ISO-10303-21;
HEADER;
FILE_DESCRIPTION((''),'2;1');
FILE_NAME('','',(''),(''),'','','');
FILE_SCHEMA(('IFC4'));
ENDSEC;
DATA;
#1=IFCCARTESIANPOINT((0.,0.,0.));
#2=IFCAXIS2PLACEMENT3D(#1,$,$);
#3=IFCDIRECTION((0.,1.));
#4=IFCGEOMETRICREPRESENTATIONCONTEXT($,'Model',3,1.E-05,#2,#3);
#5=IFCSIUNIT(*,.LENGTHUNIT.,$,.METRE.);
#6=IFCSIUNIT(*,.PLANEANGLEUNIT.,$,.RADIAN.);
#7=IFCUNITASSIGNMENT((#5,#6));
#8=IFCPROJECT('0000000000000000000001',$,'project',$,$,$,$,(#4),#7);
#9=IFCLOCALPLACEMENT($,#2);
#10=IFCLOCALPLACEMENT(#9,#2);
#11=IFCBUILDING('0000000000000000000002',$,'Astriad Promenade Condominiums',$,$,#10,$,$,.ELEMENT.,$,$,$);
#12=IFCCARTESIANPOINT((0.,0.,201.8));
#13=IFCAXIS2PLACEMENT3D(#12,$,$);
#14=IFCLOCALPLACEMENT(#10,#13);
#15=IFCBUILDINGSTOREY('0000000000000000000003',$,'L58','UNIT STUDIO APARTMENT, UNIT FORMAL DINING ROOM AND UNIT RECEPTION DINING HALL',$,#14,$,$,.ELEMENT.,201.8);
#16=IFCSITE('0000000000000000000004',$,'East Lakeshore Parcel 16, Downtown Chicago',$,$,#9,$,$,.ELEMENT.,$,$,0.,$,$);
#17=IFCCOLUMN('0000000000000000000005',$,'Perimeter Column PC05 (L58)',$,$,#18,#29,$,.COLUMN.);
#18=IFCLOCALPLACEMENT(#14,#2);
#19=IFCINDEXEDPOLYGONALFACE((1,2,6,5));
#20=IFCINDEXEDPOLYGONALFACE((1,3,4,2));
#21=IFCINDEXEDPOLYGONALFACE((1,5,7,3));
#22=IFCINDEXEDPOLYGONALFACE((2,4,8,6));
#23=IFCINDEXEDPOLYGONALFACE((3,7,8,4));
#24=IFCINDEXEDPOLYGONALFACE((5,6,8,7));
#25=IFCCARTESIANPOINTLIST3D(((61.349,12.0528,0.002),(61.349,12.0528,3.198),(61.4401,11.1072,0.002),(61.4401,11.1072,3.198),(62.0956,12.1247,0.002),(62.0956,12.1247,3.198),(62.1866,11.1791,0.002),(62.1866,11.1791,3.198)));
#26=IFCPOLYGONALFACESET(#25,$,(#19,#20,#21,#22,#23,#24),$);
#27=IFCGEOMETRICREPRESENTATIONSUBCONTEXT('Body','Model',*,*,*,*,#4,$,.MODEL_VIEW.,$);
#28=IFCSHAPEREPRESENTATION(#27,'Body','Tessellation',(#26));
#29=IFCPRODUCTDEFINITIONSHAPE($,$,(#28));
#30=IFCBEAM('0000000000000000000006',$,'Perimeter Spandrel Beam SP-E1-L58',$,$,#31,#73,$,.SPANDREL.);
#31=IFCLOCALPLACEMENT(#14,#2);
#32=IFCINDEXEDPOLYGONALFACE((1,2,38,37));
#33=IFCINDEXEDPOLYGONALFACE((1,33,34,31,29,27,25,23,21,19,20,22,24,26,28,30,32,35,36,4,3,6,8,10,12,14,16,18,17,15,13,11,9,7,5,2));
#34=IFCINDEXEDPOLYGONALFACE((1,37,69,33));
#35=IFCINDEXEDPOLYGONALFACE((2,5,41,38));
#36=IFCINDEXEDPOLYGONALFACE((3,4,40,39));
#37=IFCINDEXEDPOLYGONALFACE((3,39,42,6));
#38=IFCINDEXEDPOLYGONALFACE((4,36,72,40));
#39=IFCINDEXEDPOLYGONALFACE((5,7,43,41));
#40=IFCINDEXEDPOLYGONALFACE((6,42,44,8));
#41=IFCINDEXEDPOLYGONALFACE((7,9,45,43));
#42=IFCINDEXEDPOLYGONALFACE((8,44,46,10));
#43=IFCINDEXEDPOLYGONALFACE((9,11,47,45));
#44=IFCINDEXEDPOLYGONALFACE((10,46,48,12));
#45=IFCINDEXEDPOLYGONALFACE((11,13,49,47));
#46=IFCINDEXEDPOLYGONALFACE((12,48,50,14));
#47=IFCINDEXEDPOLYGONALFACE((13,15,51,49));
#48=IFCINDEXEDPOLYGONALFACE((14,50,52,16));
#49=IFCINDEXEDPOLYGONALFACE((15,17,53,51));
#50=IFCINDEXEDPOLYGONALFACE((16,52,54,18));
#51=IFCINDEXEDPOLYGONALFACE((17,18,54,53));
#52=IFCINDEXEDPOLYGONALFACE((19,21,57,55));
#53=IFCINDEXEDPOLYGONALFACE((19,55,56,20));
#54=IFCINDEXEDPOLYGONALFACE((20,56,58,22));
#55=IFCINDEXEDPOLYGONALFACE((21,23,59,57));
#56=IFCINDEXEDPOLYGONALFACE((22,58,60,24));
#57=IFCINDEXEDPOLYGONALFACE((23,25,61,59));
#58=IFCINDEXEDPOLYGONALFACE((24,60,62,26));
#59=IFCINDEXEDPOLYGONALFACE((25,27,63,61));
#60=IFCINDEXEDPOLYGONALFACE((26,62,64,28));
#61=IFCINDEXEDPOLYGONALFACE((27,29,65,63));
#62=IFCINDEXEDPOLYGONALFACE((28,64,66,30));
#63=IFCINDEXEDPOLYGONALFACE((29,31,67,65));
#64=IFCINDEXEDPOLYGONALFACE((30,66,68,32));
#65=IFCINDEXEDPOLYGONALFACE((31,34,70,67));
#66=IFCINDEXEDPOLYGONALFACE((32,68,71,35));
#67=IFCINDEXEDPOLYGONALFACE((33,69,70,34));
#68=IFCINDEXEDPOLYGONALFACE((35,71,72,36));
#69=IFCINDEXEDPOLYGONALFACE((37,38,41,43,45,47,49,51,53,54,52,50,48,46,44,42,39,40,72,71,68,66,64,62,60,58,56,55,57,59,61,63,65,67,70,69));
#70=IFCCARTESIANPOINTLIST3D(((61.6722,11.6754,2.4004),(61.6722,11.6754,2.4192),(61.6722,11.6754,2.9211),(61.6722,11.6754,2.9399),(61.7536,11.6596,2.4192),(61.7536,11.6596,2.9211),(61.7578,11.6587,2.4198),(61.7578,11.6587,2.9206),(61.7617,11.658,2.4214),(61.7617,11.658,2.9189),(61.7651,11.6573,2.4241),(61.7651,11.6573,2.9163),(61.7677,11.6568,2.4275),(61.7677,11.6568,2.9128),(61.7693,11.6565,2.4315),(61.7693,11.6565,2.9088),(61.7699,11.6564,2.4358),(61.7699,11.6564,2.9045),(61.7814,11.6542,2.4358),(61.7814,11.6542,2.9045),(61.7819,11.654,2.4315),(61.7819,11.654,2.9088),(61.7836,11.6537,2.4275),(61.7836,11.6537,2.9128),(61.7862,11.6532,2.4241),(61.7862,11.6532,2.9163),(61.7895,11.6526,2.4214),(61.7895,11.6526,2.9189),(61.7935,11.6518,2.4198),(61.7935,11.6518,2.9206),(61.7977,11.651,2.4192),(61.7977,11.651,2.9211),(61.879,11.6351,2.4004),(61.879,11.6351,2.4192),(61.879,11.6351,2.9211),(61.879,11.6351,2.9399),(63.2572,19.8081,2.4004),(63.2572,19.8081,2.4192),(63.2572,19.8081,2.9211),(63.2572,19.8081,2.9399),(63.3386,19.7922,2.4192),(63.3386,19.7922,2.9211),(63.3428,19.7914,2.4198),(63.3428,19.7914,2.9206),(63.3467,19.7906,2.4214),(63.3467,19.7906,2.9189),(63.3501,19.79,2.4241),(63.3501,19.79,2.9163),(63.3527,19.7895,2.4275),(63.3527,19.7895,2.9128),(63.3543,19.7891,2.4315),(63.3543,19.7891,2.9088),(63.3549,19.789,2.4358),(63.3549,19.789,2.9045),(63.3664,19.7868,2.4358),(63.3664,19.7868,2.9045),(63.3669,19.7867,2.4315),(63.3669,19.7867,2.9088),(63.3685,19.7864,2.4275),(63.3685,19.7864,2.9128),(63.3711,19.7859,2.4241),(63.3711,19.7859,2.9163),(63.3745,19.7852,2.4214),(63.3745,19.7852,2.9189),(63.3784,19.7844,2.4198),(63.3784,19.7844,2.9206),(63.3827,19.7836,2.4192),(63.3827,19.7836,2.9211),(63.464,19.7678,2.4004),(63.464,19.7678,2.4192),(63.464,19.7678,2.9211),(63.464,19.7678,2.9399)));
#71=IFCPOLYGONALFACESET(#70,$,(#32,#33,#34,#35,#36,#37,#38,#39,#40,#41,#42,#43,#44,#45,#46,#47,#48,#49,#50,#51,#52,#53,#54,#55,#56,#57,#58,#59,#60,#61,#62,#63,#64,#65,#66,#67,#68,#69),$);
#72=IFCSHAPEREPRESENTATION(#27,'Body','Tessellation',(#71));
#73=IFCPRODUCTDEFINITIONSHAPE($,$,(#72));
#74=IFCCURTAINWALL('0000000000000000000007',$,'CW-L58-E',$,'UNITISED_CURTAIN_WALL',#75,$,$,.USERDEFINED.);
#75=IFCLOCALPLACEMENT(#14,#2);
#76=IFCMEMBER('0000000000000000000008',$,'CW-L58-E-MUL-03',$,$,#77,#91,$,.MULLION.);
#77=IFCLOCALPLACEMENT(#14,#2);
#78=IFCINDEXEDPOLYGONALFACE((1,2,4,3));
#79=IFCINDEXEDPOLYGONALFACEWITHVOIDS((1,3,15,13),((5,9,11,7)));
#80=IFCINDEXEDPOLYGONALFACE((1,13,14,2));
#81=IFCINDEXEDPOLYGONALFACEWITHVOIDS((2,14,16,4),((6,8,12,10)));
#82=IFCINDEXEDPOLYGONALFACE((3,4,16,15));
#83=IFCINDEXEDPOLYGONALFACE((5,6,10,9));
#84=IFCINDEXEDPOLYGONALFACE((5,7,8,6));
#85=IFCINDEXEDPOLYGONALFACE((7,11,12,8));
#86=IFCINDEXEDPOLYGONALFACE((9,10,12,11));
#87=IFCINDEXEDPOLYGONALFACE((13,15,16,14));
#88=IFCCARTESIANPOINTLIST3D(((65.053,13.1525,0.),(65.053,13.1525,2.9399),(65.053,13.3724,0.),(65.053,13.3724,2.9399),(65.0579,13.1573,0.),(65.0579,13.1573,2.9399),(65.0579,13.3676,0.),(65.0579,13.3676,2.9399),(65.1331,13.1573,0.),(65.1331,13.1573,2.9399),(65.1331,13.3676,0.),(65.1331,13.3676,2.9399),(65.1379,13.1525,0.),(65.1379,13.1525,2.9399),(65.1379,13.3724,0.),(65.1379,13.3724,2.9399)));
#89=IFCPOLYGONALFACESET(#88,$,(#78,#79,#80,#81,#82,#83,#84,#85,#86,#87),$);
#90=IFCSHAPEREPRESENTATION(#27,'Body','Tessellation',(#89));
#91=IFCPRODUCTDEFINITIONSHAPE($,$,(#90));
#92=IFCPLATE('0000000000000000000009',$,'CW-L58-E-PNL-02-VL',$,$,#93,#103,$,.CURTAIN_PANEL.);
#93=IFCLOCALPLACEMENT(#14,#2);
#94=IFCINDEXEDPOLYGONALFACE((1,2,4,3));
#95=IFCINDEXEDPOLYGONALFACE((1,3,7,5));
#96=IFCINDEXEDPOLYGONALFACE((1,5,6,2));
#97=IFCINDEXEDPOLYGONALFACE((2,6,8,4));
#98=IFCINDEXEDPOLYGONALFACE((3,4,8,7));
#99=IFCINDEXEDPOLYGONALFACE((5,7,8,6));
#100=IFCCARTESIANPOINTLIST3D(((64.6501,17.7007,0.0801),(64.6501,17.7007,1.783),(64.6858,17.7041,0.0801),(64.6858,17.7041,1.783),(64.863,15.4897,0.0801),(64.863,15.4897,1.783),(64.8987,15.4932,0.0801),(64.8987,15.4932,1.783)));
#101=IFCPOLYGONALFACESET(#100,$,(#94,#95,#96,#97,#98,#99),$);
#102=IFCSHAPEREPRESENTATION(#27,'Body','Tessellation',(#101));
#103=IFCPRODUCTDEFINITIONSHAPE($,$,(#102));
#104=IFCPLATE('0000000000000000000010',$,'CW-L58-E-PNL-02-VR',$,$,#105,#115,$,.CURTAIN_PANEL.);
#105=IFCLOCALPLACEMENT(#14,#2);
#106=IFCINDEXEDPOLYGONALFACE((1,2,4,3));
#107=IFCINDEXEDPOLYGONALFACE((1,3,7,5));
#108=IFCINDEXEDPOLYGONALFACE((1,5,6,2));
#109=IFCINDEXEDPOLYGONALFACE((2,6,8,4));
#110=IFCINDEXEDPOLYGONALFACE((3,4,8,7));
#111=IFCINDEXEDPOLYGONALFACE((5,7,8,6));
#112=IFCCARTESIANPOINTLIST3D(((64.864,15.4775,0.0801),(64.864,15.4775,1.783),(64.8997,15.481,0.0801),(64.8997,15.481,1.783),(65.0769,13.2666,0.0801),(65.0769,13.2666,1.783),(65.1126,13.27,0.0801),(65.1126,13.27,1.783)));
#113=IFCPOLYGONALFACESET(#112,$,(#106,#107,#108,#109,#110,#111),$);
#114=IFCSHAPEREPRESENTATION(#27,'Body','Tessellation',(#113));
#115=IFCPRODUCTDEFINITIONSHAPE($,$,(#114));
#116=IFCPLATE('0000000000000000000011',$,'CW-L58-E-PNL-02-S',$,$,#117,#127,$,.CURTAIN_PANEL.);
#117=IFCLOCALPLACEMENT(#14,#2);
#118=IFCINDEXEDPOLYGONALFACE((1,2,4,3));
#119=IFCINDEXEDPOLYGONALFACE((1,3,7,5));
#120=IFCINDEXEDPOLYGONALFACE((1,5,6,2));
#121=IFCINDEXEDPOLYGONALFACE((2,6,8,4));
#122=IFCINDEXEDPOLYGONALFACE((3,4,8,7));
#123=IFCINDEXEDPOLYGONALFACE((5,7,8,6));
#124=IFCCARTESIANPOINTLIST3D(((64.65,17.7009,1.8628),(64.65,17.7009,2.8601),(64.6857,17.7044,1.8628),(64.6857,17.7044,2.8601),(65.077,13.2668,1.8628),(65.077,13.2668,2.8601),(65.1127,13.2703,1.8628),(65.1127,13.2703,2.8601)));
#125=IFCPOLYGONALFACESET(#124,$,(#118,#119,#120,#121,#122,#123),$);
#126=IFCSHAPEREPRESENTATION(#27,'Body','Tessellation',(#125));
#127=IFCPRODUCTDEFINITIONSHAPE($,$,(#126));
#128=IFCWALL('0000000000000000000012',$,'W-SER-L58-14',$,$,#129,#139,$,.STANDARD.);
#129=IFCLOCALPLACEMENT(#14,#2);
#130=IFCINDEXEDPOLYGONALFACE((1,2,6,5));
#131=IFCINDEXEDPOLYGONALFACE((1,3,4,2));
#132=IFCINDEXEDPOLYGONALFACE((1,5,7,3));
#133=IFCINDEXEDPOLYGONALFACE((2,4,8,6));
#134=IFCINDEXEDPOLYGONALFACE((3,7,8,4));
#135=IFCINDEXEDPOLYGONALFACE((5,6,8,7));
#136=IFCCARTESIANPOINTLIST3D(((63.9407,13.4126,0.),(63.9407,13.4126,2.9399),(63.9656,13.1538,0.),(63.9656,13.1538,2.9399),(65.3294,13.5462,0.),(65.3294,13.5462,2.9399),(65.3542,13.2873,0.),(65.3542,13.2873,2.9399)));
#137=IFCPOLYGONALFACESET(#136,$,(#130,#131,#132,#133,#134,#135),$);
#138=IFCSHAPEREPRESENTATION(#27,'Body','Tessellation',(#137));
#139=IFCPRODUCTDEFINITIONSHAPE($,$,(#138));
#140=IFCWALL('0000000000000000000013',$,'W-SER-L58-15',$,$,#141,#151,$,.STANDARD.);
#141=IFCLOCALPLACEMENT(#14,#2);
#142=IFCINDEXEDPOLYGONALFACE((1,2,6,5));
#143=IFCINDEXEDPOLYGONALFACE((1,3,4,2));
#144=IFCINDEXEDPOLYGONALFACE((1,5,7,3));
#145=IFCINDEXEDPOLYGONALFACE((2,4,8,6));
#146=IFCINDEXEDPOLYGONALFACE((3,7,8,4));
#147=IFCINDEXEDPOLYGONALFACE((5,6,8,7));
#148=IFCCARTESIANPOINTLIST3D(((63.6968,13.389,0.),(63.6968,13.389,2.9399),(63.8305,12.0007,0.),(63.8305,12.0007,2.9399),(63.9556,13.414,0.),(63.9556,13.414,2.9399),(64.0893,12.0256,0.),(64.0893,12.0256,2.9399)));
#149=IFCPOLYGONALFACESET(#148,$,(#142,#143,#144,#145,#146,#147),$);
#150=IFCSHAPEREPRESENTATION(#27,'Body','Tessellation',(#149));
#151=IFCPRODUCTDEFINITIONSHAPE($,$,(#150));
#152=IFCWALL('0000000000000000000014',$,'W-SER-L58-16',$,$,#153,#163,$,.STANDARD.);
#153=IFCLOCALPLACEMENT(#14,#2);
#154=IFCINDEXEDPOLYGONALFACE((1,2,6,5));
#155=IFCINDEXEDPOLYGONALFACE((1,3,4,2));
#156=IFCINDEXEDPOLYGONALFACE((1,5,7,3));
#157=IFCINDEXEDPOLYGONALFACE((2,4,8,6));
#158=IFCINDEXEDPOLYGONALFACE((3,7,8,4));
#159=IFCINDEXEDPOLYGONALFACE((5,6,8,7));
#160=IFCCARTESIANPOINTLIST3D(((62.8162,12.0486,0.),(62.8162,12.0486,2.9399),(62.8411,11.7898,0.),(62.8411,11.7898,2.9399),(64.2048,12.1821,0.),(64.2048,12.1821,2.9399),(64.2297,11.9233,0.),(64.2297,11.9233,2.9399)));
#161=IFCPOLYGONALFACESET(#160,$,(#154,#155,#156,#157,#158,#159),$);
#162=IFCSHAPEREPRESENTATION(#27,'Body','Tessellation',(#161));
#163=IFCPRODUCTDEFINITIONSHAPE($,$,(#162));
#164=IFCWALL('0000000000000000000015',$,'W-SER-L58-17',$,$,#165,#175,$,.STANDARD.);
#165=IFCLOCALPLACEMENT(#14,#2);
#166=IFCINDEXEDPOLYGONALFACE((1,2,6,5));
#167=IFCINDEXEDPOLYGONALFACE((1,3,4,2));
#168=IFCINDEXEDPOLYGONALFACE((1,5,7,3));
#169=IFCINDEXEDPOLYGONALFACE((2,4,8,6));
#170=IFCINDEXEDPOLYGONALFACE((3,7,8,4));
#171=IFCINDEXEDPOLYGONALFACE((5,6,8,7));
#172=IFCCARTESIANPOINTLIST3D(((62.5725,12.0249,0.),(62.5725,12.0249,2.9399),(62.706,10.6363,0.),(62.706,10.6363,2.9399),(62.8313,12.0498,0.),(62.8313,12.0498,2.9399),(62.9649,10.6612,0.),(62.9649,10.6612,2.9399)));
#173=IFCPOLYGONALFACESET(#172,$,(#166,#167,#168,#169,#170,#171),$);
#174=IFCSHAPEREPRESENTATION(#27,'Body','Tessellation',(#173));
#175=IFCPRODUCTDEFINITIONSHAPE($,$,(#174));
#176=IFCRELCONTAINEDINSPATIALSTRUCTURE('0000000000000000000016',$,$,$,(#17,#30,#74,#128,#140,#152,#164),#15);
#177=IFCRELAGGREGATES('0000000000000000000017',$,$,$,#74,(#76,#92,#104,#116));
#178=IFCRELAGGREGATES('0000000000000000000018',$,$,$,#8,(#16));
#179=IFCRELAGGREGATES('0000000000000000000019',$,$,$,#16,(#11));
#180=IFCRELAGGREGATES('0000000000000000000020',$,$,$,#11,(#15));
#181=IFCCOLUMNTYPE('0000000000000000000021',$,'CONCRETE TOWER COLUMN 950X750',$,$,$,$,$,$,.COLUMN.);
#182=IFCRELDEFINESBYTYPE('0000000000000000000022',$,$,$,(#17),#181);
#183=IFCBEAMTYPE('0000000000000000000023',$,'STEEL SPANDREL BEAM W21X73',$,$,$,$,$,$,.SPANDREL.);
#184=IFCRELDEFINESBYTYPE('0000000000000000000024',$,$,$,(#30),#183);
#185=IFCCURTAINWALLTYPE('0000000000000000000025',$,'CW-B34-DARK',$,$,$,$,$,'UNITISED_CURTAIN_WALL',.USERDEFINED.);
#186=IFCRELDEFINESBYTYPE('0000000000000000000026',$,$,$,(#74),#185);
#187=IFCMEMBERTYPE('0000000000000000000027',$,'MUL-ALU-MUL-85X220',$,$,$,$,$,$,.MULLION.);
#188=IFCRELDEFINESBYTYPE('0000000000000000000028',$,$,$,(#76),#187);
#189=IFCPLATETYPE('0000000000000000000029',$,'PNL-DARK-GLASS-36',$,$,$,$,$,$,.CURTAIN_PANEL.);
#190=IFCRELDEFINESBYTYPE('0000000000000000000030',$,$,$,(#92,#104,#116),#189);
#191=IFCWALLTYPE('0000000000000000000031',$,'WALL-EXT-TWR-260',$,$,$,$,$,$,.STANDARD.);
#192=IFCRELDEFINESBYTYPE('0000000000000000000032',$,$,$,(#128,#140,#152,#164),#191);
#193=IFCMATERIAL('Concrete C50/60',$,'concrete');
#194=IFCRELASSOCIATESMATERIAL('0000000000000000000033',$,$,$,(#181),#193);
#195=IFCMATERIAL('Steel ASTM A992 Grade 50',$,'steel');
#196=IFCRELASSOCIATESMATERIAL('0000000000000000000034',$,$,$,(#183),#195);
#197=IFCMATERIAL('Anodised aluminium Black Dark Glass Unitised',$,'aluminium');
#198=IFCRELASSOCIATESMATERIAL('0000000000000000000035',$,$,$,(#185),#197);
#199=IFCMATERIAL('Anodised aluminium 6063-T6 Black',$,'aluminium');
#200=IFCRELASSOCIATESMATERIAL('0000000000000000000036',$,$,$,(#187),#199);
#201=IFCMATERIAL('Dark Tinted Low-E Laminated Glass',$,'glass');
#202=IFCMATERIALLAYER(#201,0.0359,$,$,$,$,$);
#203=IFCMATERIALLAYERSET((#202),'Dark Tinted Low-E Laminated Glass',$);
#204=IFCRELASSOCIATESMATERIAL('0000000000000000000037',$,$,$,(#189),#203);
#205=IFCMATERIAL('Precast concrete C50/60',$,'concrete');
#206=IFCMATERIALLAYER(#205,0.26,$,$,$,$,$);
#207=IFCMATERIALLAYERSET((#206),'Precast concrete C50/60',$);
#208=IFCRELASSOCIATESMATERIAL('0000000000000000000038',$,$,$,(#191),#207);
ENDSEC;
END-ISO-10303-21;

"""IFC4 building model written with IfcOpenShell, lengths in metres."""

from ifc_helpers import new_model, si_unit, direction, frame, frame_2d, origin, origin_2d, place, context, subcontext, project, spatial, rectangle, hollow_rectangle, i_section, extrude, source, transform, mapped, material, layer, layer_set, material_profile, profile_set, type_object, type_shapes, element, aggregate, save


model = new_model("IFC4")

# Units and contexts
model_context = context("Model", 3, precision=1e-05, world=origin(), true_north=direction((0.0, 1.0)))
body_context = subcontext(model_context, "Body", "Model", "MODEL_VIEW")
ifc_project = project(units=[si_unit("LENGTHUNIT", "METRE"), si_unit("PLANEANGLEUNIT", "RADIAN")], contexts=[model_context])

# Site, building, storey
site_placement = place(None, origin())
site = spatial("IfcSite", under=ifc_project, at=site_placement, Name="East Lakeshore Parcel 16, Downtown Chicago", CompositionType="ELEMENT", RefElevation=0.0)
building_placement = place(site_placement, origin())
building = spatial("IfcBuilding", under=site, at=building_placement, Name="Astriad Promenade Condominiums", CompositionType="ELEMENT")
storey_placement = place(building_placement, frame((0.0, 0.0, 201.8)))
storey = spatial("IfcBuildingStorey", under=building, at=storey_placement, Name="L58", Description="UNIT STUDIO APARTMENT, UNIT FORMAL DINING ROOM AND UNIT RECEPTION DINING HALL", CompositionType="ELEMENT", Elevation=201.8)

# Column
ifc_material_1 = material(Name="Concrete C50/60", Category="concrete")
ifc_material_profile_1 = material_profile(ifc_material_1, rectangle(XDim=0.75, YDim=0.95, at=origin_2d()), Name="RC-COL-950X750")
ifc_profile_set_1 = profile_set([ifc_material_profile_1], Name="Concrete C50/60")
column_type = type_object("IfcColumnType", Name="CONCRETE TOWER COLUMN 950X750", PredefinedType="COLUMN", material=ifc_profile_set_1)
shared_shape_1 = source(origin(), body_context, "Body", "SweptSolid", [
    extrude(rectangle(XDim=0.75, YDim=0.95, at=origin_2d()), origin(), (0.0, 0.0, 1.0), 3.196),
])
type_shapes(column_type, [shared_shape_1])
column_placement = place(storey_placement, frame((61.7678, 11.616, 0.002), z_axis=(0.0, 0.0, 1.0), x_axis=(0.995396, 0.095846, 0.0)))
element("IfcColumn", 1, at=column_placement, inside=storey, type_object=column_type, Name="Perimeter Column PC05 (L58)", PredefinedType="COLUMN", context=body_context, shape_type="MappedRepresentation", body=[
    mapped(shared_shape_1, transform((0.0, 0.0, 0.0), scale=1.0)),
])

# Beam
ifc_material_2 = material(Name="Steel ASTM A992 Grade 50", Category="steel")
ifc_material_profile_2 = material_profile(ifc_material_2, i_section(OverallWidth=0.2107, OverallDepth=0.5396, WebThickness=0.0117, FlangeThickness=0.0188, FilletRadius=0.0166, at=origin_2d()), Name="W21X73")
ifc_profile_set_2 = profile_set([ifc_material_profile_2], Name="Steel ASTM A992 Grade 50")
beam_type = type_object("IfcBeamType", Name="STEEL SPANDREL BEAM W21X73", PredefinedType="SPANDREL", material=ifc_profile_set_2)
shared_shape_2 = source(origin(), body_context, "Body", "SweptSolid", [
    extrude(i_section(OverallWidth=0.2107, OverallDepth=0.5396, WebThickness=0.0117, FlangeThickness=0.0188, FilletRadius=0.0166, at=origin_2d()), origin(), (0.0, 0.0, 1.0), 8.2856),
])
type_shapes(beam_type, [shared_shape_2])
beam_placement = place(storey_placement, frame((61.7756, 11.6553, 2.6702), z_axis=(0.191292, 0.981533, 0.0), x_axis=(-0.981533, 0.191292, 0.0)))
element("IfcBeam", 2, at=beam_placement, inside=storey, type_object=beam_type, Name="Perimeter Spandrel Beam SP-E1-L58", PredefinedType="SPANDREL", context=body_context, shape_type="MappedRepresentation", body=[
    mapped(shared_shape_2, transform((0.0, 0.0, 0.0), scale=1.0)),
])

# Curtain wall, member, plates
ifc_material_3 = material(Name="Anodised aluminium Black Dark Glass Unitised", Category="aluminium")
curtain_wall_type = type_object("IfcCurtainWallType", Name="CW-B34-DARK", ElementType="UNITISED_CURTAIN_WALL", PredefinedType="USERDEFINED", material=ifc_material_3)
curtain_wall_placement = place(storey_placement, origin())
curtain_wall = element("IfcCurtainWall", 3, at=curtain_wall_placement, inside=storey, type_object=curtain_wall_type, Name="CW-L58-E", ObjectType="UNITISED_CURTAIN_WALL", PredefinedType="USERDEFINED")
ifc_material_4 = material(Name="Anodised aluminium 6063-T6 Black", Category="aluminium")
ifc_material_profile_3 = material_profile(ifc_material_4, hollow_rectangle(XDim=0.085, YDim=0.22, WallThickness=0.0049, at=origin_2d()), Name="ALU-MUL-85X220")
ifc_profile_set_3 = profile_set([ifc_material_profile_3], Name="Anodised aluminium 6063-T6 Black")
member_type = type_object("IfcMemberType", Name="MUL-ALU-MUL-85X220", PredefinedType="MULLION", material=ifc_profile_set_3)
shared_shape_3 = source(origin(), body_context, "Body", "SweptSolid", [
    extrude(hollow_rectangle(XDim=0.085, YDim=0.22, WallThickness=0.0049, at=origin_2d()), origin(), (0.0, 0.0, 1.0), 2.9399),
])
type_shapes(member_type, [shared_shape_3])
member_placement = place(storey_placement, frame((65.0955, 13.2625, 0.0), z_axis=(0.0, 0.0, 1.0), x_axis=(1.0, 0.0, 0.0)))
member = element("IfcMember", 4, at=member_placement, type_object=member_type, Name="CW-L58-E-MUL-03", PredefinedType="MULLION", context=body_context, shape_type="MappedRepresentation", body=[
    mapped(shared_shape_3, transform((0.0, 0.0, 0.0), scale=1.0)),
])
ifc_material_5 = material(Name="Dark Tinted Low-E Laminated Glass", Category="glass")
ifc_layer_1 = layer(ifc_material_5, 0.0359)
ifc_layer_set_1 = layer_set([ifc_layer_1], Name="Dark Tinted Low-E Laminated Glass")
plate_type = type_object("IfcPlateType", Name="PNL-DARK-GLASS-36", PredefinedType="CURTAIN_PANEL", material=ifc_layer_set_1)
shared_shape_4 = source(origin(), body_context, "Body", "SweptSolid", [
    extrude(rectangle(XDim=2.2212, YDim=0.0359, at=origin_2d()), origin(), (0.0, 0.0, 1.0), 1.7029),
])
plate_1_placement = place(storey_placement, frame((64.7744, 16.5969, 0.0801), z_axis=(0.0, 0.0, 1.0), x_axis=(0.095846, -0.995396, 0.0)))
plate_1 = element("IfcPlate", 5, at=plate_1_placement, type_object=plate_type, Name="CW-L58-E-PNL-02-VL", PredefinedType="CURTAIN_PANEL", context=body_context, shape_type="MappedRepresentation", body=[
    mapped(shared_shape_4, transform((0.0, 0.0, 0.0), scale=1.0)),
])
plate_2_placement = place(storey_placement, frame((64.9883, 14.3738, 0.0801), z_axis=(0.0, 0.0, 1.0), x_axis=(0.095846, -0.995396, 0.0)))
plate_2 = element("IfcPlate", 6, at=plate_2_placement, type_object=plate_type, Name="CW-L58-E-PNL-02-VR", PredefinedType="CURTAIN_PANEL", context=body_context, shape_type="MappedRepresentation", body=[
    mapped(shared_shape_4, transform((0.0, 0.0, 0.0), scale=1.0)),
])
shared_shape_5 = source(origin(), body_context, "Body", "SweptSolid", [
    extrude(rectangle(XDim=4.4546, YDim=0.0359, at=origin_2d()), origin(), (0.0, 0.0, 1.0), 0.9973),
])
type_shapes(plate_type, [shared_shape_4, shared_shape_5])
plate_3_placement = place(storey_placement, frame((64.8813, 15.4856, 1.8628), z_axis=(0.0, 0.0, 1.0), x_axis=(0.095846, -0.995396, 0.0)))
plate_3 = element("IfcPlate", 7, at=plate_3_placement, type_object=plate_type, Name="CW-L58-E-PNL-02-S", PredefinedType="CURTAIN_PANEL", context=body_context, shape_type="MappedRepresentation", body=[
    mapped(shared_shape_5, transform((0.0, 0.0, 0.0), scale=1.0)),
])
aggregate(curtain_wall, [member, plate_1, plate_2, plate_3])

# Walls
ifc_material_6 = material(Name="Precast concrete C50/60", Category="concrete")
ifc_layer_2 = layer(ifc_material_6, 0.26)
ifc_layer_set_2 = layer_set([ifc_layer_2], Name="Precast concrete C50/60")
wall_type_1 = type_object("IfcWallType", Name="WALL-EXT-TWR-260", PredefinedType="STANDARD", material=ifc_layer_set_2)
wall_1_placement = place(storey_placement, frame((65.3418, 13.4167, 0.0), z_axis=(0.0, 0.0, 1.0), x_axis=(-0.995408, -0.095726, 0.0)))
element("IfcWall", 8, at=wall_1_placement, inside=storey, type_object=wall_type_1, Name="W-SER-L58-14", PredefinedType="STANDARD", context=body_context, shape_type="SweptSolid", body=[
    extrude(rectangle(XDim=1.395, YDim=0.26, at=frame_2d((0.6975, 0.0))), origin(), (0.0, 0.0, 1.0), 2.9399),
])
wall_2_placement = place(storey_placement, frame((63.8262, 13.4014, 0.0), z_axis=(0.0, 0.0, 1.0), x_axis=(0.095916, -0.995389, 0.0)))
element("IfcWall", 9, at=wall_2_placement, inside=storey, type_object=wall_type_1, Name="W-SER-L58-15", PredefinedType="STANDARD", context=body_context, shape_type="SweptSolid", body=[
    extrude(rectangle(XDim=1.3948, YDim=0.26, at=frame_2d((0.6973, 0.0))), origin(), (0.0, 0.0, 1.0), 2.9399),
])
for number, where, z_axis, x_axis, name in (
    (10, (64.2173, 12.0527, 0.0), (0.0, 0.0, 1.0), (-0.995408, -0.095726, 0.0), "W-SER-L58-16"),
    (11, (62.7019, 12.0374, 0.0), (0.0, 0.0, 1.0), (0.095726, -0.995408, 0.0), "W-SER-L58-17"),
):
    element("IfcWall", number, at=place(storey_placement, frame(where, z_axis=z_axis, x_axis=x_axis)), inside=storey, type_object=wall_type_1, Name=name, PredefinedType="STANDARD", context=body_context, shape_type="SweptSolid", body=[
        extrude(rectangle(XDim=1.395, YDim=0.26, at=frame_2d((0.6975, 0.0))), origin(), (0.0, 0.0, 1.0), 2.9399),
    ])

save(model, "model.ifc")
